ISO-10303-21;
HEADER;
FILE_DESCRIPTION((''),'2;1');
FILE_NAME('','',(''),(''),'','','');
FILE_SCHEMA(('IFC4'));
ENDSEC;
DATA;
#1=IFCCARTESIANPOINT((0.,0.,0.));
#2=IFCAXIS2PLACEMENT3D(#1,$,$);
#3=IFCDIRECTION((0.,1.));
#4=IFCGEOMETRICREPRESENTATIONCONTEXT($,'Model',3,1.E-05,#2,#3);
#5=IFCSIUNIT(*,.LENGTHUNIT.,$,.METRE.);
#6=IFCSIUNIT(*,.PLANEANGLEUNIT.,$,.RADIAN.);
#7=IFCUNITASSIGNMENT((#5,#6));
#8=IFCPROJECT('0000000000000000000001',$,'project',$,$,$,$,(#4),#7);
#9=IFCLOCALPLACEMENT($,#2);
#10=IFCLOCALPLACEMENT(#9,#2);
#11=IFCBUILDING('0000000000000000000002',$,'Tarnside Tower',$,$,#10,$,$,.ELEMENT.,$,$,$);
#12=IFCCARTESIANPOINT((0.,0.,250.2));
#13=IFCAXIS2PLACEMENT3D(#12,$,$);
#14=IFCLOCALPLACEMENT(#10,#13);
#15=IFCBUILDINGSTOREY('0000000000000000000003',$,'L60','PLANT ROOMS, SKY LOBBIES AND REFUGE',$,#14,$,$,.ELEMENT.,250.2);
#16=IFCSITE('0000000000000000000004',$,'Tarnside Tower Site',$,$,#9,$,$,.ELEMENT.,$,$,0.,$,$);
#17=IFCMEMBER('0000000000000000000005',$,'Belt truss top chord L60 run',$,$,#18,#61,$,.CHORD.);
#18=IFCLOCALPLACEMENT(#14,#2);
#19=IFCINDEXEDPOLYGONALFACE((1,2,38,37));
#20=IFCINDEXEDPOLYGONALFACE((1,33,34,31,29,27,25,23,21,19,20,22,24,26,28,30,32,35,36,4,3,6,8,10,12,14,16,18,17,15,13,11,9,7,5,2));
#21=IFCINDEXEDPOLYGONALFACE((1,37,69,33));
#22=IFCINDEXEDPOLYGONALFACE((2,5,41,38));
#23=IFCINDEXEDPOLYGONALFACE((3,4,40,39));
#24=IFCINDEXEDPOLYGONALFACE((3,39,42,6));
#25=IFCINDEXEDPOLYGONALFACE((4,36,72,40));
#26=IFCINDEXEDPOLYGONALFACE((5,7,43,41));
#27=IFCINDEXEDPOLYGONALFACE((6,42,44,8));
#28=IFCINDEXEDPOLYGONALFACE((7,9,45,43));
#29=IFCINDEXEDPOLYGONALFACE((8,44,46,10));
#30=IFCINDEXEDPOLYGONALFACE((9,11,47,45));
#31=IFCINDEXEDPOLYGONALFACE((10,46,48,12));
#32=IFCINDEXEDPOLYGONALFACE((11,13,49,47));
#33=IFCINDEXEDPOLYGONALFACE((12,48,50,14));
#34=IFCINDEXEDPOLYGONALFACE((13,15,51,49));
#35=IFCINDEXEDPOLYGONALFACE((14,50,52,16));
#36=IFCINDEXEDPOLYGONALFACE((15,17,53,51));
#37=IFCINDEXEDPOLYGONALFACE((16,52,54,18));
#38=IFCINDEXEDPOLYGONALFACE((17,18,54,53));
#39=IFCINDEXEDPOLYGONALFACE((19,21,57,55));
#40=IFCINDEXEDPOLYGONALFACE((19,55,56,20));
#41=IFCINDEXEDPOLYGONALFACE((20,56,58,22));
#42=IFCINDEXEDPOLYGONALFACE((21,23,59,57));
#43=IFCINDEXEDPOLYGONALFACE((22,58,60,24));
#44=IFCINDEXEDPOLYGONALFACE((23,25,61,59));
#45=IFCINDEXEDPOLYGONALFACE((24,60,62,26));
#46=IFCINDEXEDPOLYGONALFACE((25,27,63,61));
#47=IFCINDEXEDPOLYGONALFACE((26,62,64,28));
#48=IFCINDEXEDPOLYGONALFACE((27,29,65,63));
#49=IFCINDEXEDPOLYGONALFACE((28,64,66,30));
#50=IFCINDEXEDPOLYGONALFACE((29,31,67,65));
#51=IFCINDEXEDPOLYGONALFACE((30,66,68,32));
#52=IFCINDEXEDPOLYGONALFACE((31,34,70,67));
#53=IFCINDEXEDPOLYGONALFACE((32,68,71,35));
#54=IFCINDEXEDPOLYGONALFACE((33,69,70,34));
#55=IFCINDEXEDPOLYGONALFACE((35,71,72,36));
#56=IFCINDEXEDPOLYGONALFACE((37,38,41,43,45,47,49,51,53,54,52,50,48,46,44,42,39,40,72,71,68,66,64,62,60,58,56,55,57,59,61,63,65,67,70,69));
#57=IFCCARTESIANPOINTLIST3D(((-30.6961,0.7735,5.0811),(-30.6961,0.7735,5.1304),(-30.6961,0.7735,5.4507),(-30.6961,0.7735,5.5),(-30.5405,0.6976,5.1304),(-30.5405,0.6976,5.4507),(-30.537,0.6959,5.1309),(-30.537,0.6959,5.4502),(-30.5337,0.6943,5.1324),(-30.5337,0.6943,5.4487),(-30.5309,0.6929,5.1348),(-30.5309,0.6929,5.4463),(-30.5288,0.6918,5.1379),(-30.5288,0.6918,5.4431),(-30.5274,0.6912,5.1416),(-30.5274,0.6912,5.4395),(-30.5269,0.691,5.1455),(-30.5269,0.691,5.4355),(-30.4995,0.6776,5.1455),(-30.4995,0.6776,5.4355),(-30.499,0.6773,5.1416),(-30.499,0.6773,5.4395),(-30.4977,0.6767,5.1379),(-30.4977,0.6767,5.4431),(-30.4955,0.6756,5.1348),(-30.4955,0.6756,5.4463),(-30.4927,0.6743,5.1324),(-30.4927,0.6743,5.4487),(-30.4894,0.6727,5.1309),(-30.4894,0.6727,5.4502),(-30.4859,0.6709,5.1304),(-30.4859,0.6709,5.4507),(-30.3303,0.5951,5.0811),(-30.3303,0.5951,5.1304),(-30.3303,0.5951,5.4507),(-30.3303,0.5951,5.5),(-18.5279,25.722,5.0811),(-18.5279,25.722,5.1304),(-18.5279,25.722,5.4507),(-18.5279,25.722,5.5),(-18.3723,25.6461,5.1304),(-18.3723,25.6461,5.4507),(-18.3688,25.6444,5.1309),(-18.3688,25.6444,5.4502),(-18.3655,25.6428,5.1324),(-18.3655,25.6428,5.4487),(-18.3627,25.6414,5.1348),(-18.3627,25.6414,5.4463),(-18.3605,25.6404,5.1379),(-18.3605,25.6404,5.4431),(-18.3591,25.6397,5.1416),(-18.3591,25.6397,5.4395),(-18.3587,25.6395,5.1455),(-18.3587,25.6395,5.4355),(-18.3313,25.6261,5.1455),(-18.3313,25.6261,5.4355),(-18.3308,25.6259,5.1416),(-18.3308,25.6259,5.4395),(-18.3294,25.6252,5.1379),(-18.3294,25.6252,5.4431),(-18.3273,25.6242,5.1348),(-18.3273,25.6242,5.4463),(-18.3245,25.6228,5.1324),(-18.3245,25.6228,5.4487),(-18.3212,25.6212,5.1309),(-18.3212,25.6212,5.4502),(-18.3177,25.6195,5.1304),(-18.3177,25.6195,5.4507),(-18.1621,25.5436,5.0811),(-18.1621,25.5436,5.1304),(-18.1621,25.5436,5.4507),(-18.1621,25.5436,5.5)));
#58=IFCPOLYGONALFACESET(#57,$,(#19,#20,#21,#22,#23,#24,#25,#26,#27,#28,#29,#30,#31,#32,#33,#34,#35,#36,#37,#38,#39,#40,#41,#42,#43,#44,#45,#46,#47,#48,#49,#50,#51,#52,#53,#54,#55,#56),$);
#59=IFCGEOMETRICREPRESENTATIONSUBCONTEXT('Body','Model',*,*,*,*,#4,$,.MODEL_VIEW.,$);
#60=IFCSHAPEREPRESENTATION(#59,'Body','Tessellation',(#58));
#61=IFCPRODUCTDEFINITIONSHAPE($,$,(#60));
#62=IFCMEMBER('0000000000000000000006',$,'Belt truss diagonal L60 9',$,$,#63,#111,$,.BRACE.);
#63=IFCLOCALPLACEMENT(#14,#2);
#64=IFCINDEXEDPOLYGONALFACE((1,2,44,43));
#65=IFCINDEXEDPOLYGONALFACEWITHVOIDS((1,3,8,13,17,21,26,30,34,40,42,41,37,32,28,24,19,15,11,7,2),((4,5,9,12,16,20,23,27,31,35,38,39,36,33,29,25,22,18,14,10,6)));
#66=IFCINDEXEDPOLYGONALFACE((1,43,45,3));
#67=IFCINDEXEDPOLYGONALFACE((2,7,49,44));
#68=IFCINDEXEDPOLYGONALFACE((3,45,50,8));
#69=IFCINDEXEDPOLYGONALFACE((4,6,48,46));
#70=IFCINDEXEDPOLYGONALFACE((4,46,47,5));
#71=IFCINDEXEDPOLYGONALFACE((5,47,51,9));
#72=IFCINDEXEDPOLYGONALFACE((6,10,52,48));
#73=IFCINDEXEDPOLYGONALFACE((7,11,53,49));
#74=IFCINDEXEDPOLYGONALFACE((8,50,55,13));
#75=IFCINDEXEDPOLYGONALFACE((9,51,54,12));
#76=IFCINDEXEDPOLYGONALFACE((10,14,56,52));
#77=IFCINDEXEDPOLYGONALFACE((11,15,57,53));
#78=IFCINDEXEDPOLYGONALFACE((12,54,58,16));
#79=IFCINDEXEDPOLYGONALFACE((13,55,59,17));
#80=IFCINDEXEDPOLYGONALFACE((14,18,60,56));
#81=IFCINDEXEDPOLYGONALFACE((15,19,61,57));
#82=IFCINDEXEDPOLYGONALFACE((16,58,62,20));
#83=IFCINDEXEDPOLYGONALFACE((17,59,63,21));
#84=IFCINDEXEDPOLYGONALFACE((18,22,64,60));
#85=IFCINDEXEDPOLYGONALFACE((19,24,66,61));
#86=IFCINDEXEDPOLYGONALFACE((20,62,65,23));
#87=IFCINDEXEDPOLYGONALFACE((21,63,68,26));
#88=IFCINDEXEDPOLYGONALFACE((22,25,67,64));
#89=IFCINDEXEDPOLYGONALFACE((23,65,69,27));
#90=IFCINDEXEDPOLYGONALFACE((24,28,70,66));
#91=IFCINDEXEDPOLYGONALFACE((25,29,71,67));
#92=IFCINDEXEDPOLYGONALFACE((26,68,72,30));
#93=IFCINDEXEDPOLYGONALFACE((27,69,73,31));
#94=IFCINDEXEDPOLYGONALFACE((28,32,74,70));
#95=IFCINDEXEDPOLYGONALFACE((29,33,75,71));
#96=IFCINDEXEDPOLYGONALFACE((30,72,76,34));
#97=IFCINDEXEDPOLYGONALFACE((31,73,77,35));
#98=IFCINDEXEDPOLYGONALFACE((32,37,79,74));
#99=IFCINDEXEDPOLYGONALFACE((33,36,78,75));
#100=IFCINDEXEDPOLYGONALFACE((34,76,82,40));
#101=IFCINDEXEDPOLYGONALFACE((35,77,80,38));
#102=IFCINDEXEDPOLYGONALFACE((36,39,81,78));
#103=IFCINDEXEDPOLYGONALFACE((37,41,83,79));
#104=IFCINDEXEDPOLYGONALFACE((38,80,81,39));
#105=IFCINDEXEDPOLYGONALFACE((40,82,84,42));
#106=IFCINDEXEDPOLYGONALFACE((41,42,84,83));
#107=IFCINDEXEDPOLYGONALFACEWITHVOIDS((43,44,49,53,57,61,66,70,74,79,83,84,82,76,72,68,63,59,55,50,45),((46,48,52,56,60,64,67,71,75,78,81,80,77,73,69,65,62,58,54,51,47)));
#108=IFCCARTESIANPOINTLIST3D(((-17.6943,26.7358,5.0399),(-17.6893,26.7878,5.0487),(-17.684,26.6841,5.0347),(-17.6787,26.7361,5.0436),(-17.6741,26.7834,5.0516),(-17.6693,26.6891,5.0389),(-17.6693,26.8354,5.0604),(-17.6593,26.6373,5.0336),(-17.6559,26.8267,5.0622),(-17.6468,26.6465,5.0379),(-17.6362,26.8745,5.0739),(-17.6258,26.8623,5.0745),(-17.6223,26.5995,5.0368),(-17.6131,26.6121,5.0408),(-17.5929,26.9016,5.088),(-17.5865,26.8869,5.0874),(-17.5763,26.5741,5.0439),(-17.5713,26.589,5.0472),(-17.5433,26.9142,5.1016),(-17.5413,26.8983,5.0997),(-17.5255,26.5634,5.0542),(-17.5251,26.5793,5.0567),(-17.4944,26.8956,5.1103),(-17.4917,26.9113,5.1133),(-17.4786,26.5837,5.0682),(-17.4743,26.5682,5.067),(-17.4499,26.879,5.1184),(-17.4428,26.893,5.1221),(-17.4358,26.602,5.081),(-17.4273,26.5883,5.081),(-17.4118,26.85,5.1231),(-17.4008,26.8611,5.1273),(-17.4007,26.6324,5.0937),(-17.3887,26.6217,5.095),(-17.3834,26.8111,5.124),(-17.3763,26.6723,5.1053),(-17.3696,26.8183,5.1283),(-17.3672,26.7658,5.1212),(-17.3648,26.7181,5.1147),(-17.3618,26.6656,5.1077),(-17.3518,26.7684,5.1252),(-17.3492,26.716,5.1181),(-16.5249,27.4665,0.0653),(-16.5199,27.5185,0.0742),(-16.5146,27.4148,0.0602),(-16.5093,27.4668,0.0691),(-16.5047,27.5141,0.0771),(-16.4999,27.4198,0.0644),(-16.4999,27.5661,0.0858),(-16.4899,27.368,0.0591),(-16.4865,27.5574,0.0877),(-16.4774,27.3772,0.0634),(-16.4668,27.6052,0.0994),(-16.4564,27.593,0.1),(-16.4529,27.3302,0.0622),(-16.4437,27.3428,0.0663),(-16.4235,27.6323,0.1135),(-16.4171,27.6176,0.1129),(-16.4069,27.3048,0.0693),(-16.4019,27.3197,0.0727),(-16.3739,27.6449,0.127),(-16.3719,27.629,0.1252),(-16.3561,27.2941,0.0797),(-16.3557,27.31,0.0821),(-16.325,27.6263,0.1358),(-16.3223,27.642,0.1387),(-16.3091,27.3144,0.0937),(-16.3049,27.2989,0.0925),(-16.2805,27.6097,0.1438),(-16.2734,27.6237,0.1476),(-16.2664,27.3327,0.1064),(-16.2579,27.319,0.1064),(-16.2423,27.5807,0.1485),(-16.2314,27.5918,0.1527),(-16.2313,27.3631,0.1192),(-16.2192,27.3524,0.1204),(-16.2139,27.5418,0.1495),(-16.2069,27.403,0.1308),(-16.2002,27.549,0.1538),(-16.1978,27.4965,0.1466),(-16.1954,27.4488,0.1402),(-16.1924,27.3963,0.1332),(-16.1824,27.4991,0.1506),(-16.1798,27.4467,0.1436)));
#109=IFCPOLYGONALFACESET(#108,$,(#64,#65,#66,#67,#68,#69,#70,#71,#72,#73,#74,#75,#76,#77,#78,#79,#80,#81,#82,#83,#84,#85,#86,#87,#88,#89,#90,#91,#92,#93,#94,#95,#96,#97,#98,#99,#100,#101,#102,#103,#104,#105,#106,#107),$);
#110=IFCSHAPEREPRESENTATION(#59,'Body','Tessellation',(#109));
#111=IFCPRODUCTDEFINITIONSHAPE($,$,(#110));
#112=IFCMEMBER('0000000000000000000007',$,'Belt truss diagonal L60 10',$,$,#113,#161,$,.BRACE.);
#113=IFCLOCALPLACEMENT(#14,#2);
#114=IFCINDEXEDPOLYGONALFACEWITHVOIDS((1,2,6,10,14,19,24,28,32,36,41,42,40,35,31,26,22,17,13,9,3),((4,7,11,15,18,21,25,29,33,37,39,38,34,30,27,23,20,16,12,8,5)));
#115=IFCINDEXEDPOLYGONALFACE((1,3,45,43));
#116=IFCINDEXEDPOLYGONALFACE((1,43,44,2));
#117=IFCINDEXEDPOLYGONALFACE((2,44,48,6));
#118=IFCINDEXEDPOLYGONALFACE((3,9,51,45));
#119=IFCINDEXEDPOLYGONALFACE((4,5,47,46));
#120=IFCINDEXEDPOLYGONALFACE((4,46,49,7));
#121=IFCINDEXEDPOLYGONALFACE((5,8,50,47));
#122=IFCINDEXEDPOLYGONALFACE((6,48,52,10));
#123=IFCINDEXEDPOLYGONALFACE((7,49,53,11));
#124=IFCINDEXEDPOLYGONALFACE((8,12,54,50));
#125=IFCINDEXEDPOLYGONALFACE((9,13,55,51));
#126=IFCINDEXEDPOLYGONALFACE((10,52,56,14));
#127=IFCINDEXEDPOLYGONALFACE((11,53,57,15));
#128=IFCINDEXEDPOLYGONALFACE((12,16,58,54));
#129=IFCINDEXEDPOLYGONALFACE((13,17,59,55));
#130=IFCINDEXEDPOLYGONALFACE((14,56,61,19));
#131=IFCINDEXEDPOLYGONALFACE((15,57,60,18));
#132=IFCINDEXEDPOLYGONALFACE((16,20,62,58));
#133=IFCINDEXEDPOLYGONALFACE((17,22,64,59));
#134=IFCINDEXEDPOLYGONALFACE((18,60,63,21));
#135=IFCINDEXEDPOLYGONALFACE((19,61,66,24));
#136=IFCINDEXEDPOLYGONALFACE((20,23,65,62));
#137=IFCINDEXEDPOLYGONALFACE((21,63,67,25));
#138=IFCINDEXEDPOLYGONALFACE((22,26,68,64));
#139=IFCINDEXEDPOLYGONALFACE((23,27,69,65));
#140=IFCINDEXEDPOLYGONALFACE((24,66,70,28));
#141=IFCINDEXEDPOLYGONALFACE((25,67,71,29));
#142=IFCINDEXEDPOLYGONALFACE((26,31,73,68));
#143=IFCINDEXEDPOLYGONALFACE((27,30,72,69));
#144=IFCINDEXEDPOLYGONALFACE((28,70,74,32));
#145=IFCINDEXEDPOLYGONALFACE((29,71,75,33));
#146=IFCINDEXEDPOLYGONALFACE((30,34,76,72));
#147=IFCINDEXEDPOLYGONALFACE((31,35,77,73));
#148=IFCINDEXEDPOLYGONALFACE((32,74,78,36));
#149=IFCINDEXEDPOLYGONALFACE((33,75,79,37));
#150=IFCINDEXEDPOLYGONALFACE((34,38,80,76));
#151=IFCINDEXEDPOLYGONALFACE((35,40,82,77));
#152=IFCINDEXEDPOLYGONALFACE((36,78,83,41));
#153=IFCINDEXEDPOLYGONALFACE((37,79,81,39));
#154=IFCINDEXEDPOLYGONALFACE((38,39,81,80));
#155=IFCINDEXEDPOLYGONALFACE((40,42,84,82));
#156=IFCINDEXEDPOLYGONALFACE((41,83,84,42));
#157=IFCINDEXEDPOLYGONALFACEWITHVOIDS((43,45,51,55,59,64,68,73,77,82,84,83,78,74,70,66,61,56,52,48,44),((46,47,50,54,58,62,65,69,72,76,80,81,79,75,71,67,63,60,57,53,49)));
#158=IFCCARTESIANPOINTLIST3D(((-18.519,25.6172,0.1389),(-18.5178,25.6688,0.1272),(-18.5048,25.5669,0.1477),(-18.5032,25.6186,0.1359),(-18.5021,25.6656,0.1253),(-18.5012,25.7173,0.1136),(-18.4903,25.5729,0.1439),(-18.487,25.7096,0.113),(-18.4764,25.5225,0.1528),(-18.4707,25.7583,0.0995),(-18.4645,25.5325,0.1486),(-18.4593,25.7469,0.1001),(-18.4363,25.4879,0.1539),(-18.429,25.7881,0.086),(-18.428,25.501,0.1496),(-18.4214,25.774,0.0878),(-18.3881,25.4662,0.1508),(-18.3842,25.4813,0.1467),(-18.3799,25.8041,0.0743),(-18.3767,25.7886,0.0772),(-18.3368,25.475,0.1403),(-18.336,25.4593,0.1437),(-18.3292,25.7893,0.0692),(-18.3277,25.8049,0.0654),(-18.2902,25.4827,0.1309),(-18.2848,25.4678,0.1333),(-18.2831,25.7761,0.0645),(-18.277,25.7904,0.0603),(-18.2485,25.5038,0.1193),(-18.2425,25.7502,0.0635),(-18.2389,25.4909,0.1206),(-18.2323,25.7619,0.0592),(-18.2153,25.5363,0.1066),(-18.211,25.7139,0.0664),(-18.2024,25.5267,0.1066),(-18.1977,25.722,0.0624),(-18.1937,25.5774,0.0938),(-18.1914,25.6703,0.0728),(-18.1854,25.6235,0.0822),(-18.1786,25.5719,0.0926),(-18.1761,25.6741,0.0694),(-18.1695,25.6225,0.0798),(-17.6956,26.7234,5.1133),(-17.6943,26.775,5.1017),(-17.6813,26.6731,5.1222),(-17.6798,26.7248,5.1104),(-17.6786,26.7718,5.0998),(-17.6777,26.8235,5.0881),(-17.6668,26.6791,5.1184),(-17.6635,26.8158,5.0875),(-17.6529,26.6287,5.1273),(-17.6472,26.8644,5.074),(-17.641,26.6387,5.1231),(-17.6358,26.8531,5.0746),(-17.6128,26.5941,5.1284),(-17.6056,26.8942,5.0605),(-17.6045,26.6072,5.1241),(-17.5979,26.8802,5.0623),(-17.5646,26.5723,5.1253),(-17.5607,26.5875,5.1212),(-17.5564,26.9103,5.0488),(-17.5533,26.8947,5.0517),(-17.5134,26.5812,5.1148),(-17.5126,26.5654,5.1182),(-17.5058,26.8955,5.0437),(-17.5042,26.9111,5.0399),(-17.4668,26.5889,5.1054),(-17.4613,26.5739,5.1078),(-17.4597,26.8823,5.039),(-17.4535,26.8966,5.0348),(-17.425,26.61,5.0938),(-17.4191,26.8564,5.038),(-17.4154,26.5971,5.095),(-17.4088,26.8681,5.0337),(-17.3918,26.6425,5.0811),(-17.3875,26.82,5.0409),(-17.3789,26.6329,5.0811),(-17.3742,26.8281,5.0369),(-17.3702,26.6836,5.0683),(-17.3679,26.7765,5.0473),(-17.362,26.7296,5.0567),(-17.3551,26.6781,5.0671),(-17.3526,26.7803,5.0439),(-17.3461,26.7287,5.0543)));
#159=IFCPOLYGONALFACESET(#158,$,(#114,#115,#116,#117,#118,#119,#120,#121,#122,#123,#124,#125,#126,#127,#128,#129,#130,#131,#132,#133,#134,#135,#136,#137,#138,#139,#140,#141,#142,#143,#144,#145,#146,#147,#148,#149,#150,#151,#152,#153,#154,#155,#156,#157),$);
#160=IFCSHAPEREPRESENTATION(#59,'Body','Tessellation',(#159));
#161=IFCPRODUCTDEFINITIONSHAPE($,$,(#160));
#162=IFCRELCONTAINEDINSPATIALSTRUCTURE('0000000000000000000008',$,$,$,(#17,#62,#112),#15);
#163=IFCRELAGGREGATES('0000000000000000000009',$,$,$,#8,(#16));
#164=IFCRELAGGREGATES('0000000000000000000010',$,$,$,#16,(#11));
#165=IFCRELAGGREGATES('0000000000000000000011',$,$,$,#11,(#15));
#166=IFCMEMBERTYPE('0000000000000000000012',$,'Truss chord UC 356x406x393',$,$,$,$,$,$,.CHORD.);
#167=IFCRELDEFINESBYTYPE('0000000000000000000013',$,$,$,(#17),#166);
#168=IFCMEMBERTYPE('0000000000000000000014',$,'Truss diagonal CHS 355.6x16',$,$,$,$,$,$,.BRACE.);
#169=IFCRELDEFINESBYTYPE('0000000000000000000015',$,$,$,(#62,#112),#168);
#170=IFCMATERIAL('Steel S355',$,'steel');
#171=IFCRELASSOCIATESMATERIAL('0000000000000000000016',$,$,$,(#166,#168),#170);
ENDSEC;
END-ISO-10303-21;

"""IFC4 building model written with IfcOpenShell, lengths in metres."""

from ifc_helpers import new_model, si_unit, direction, frame, origin, origin_2d, place, context, subcontext, project, spatial, hollow_circle, i_section, extrude, material, material_profile, profile_set, type_object, element, save


model = new_model("IFC4")

# Units and contexts
model_context = context("Model", 3, precision=1e-05, world=origin(), true_north=direction((0.0, 1.0)))
body_context = subcontext(model_context, "Body", "Model", "MODEL_VIEW")
ifc_project = project(units=[si_unit("LENGTHUNIT", "METRE"), si_unit("PLANEANGLEUNIT", "RADIAN")], contexts=[model_context])

# Site, building, storey
site_placement = place(None, origin())
site = spatial("IfcSite", under=ifc_project, at=site_placement, Name="Tarnside Tower Site", CompositionType="ELEMENT", RefElevation=0.0)
building_placement = place(site_placement, origin())
building = spatial("IfcBuilding", under=site, at=building_placement, Name="Tarnside Tower", CompositionType="ELEMENT")
storey_placement = place(building_placement, frame((0.0, 0.0, 250.2)))
storey = spatial("IfcBuildingStorey", under=building, at=storey_placement, Name="L60", Description="PLANT ROOMS, SKY LOBBIES AND REFUGE", CompositionType="ELEMENT", Elevation=250.2)

# Shared definitions
ifc_material_1 = material(Name="Steel S355", Category="steel")

# Members
ifc_material_profile_1 = material_profile(ifc_material_1, i_section(OverallWidth=0.407, OverallDepth=0.4189, WebThickness=0.0305, FlangeThickness=0.0493, FilletRadius=0.0151, at=origin_2d()), Name="UC 356x406x393")
ifc_profile_set_1 = profile_set([ifc_material_profile_1], Name="Steel S355")
member_type_1 = type_object("IfcMemberType", Name="Truss chord UC 356x406x393", PredefinedType="CHORD", material=ifc_profile_set_1)
member_1_placement = place(storey_placement, frame((-18.345, 25.6328, 5.2905), z_axis=(-0.438372, -0.898794, 0.0), x_axis=(0.898794, -0.438372, 0.0)))
element("IfcMember", 1, at=member_1_placement, inside=storey, type_object=member_type_1, Name="Belt truss top chord L60 run", PredefinedType="CHORD", context=body_context, shape_type="SweptSolid", body=[
    extrude(i_section(OverallWidth=0.407, OverallDepth=0.4189, WebThickness=0.0305, FlangeThickness=0.0493, FilletRadius=0.0151, at=origin_2d()), origin(), (0.0, 0.0, 1.0), 27.7578),
])
ifc_material_profile_2 = material_profile(ifc_material_1, hollow_circle(Radius=0.1777, WallThickness=0.0161, at=origin_2d()), Name="CHS 355.6x16")
ifc_profile_set_2 = profile_set([ifc_material_profile_2], Name="Steel S355")
member_type_2 = type_object("IfcMemberType", Name="Truss diagonal CHS 355.6x16", PredefinedType="BRACE", material=ifc_profile_set_2)
for number, where, z_axis, x_axis, name in (
    (2, (-16.3521, 27.4697, 0.1064), (-0.226538, -0.141551, 0.963662), (0.529903, -0.848058, 0.0), "Belt truss diagonal L60 9"),
    (3, (-17.5215, 26.739, 5.0811), (-0.159522, -0.214288, -0.963656), (0.802141, -0.597135, 0.0), "Belt truss diagonal L60 10"),
):
    element("IfcMember", number, at=place(storey_placement, frame(where, z_axis=z_axis, x_axis=x_axis)), inside=storey, type_object=member_type_2, Name=name, PredefinedType="BRACE", context=body_context, shape_type="SweptSolid", body=[
        extrude(hollow_circle(Radius=0.1777, WallThickness=0.0161, at=origin_2d()), origin(), (0.0, 0.0, 1.0), 5.1621),
    ])

save(model, "model.ifc")
